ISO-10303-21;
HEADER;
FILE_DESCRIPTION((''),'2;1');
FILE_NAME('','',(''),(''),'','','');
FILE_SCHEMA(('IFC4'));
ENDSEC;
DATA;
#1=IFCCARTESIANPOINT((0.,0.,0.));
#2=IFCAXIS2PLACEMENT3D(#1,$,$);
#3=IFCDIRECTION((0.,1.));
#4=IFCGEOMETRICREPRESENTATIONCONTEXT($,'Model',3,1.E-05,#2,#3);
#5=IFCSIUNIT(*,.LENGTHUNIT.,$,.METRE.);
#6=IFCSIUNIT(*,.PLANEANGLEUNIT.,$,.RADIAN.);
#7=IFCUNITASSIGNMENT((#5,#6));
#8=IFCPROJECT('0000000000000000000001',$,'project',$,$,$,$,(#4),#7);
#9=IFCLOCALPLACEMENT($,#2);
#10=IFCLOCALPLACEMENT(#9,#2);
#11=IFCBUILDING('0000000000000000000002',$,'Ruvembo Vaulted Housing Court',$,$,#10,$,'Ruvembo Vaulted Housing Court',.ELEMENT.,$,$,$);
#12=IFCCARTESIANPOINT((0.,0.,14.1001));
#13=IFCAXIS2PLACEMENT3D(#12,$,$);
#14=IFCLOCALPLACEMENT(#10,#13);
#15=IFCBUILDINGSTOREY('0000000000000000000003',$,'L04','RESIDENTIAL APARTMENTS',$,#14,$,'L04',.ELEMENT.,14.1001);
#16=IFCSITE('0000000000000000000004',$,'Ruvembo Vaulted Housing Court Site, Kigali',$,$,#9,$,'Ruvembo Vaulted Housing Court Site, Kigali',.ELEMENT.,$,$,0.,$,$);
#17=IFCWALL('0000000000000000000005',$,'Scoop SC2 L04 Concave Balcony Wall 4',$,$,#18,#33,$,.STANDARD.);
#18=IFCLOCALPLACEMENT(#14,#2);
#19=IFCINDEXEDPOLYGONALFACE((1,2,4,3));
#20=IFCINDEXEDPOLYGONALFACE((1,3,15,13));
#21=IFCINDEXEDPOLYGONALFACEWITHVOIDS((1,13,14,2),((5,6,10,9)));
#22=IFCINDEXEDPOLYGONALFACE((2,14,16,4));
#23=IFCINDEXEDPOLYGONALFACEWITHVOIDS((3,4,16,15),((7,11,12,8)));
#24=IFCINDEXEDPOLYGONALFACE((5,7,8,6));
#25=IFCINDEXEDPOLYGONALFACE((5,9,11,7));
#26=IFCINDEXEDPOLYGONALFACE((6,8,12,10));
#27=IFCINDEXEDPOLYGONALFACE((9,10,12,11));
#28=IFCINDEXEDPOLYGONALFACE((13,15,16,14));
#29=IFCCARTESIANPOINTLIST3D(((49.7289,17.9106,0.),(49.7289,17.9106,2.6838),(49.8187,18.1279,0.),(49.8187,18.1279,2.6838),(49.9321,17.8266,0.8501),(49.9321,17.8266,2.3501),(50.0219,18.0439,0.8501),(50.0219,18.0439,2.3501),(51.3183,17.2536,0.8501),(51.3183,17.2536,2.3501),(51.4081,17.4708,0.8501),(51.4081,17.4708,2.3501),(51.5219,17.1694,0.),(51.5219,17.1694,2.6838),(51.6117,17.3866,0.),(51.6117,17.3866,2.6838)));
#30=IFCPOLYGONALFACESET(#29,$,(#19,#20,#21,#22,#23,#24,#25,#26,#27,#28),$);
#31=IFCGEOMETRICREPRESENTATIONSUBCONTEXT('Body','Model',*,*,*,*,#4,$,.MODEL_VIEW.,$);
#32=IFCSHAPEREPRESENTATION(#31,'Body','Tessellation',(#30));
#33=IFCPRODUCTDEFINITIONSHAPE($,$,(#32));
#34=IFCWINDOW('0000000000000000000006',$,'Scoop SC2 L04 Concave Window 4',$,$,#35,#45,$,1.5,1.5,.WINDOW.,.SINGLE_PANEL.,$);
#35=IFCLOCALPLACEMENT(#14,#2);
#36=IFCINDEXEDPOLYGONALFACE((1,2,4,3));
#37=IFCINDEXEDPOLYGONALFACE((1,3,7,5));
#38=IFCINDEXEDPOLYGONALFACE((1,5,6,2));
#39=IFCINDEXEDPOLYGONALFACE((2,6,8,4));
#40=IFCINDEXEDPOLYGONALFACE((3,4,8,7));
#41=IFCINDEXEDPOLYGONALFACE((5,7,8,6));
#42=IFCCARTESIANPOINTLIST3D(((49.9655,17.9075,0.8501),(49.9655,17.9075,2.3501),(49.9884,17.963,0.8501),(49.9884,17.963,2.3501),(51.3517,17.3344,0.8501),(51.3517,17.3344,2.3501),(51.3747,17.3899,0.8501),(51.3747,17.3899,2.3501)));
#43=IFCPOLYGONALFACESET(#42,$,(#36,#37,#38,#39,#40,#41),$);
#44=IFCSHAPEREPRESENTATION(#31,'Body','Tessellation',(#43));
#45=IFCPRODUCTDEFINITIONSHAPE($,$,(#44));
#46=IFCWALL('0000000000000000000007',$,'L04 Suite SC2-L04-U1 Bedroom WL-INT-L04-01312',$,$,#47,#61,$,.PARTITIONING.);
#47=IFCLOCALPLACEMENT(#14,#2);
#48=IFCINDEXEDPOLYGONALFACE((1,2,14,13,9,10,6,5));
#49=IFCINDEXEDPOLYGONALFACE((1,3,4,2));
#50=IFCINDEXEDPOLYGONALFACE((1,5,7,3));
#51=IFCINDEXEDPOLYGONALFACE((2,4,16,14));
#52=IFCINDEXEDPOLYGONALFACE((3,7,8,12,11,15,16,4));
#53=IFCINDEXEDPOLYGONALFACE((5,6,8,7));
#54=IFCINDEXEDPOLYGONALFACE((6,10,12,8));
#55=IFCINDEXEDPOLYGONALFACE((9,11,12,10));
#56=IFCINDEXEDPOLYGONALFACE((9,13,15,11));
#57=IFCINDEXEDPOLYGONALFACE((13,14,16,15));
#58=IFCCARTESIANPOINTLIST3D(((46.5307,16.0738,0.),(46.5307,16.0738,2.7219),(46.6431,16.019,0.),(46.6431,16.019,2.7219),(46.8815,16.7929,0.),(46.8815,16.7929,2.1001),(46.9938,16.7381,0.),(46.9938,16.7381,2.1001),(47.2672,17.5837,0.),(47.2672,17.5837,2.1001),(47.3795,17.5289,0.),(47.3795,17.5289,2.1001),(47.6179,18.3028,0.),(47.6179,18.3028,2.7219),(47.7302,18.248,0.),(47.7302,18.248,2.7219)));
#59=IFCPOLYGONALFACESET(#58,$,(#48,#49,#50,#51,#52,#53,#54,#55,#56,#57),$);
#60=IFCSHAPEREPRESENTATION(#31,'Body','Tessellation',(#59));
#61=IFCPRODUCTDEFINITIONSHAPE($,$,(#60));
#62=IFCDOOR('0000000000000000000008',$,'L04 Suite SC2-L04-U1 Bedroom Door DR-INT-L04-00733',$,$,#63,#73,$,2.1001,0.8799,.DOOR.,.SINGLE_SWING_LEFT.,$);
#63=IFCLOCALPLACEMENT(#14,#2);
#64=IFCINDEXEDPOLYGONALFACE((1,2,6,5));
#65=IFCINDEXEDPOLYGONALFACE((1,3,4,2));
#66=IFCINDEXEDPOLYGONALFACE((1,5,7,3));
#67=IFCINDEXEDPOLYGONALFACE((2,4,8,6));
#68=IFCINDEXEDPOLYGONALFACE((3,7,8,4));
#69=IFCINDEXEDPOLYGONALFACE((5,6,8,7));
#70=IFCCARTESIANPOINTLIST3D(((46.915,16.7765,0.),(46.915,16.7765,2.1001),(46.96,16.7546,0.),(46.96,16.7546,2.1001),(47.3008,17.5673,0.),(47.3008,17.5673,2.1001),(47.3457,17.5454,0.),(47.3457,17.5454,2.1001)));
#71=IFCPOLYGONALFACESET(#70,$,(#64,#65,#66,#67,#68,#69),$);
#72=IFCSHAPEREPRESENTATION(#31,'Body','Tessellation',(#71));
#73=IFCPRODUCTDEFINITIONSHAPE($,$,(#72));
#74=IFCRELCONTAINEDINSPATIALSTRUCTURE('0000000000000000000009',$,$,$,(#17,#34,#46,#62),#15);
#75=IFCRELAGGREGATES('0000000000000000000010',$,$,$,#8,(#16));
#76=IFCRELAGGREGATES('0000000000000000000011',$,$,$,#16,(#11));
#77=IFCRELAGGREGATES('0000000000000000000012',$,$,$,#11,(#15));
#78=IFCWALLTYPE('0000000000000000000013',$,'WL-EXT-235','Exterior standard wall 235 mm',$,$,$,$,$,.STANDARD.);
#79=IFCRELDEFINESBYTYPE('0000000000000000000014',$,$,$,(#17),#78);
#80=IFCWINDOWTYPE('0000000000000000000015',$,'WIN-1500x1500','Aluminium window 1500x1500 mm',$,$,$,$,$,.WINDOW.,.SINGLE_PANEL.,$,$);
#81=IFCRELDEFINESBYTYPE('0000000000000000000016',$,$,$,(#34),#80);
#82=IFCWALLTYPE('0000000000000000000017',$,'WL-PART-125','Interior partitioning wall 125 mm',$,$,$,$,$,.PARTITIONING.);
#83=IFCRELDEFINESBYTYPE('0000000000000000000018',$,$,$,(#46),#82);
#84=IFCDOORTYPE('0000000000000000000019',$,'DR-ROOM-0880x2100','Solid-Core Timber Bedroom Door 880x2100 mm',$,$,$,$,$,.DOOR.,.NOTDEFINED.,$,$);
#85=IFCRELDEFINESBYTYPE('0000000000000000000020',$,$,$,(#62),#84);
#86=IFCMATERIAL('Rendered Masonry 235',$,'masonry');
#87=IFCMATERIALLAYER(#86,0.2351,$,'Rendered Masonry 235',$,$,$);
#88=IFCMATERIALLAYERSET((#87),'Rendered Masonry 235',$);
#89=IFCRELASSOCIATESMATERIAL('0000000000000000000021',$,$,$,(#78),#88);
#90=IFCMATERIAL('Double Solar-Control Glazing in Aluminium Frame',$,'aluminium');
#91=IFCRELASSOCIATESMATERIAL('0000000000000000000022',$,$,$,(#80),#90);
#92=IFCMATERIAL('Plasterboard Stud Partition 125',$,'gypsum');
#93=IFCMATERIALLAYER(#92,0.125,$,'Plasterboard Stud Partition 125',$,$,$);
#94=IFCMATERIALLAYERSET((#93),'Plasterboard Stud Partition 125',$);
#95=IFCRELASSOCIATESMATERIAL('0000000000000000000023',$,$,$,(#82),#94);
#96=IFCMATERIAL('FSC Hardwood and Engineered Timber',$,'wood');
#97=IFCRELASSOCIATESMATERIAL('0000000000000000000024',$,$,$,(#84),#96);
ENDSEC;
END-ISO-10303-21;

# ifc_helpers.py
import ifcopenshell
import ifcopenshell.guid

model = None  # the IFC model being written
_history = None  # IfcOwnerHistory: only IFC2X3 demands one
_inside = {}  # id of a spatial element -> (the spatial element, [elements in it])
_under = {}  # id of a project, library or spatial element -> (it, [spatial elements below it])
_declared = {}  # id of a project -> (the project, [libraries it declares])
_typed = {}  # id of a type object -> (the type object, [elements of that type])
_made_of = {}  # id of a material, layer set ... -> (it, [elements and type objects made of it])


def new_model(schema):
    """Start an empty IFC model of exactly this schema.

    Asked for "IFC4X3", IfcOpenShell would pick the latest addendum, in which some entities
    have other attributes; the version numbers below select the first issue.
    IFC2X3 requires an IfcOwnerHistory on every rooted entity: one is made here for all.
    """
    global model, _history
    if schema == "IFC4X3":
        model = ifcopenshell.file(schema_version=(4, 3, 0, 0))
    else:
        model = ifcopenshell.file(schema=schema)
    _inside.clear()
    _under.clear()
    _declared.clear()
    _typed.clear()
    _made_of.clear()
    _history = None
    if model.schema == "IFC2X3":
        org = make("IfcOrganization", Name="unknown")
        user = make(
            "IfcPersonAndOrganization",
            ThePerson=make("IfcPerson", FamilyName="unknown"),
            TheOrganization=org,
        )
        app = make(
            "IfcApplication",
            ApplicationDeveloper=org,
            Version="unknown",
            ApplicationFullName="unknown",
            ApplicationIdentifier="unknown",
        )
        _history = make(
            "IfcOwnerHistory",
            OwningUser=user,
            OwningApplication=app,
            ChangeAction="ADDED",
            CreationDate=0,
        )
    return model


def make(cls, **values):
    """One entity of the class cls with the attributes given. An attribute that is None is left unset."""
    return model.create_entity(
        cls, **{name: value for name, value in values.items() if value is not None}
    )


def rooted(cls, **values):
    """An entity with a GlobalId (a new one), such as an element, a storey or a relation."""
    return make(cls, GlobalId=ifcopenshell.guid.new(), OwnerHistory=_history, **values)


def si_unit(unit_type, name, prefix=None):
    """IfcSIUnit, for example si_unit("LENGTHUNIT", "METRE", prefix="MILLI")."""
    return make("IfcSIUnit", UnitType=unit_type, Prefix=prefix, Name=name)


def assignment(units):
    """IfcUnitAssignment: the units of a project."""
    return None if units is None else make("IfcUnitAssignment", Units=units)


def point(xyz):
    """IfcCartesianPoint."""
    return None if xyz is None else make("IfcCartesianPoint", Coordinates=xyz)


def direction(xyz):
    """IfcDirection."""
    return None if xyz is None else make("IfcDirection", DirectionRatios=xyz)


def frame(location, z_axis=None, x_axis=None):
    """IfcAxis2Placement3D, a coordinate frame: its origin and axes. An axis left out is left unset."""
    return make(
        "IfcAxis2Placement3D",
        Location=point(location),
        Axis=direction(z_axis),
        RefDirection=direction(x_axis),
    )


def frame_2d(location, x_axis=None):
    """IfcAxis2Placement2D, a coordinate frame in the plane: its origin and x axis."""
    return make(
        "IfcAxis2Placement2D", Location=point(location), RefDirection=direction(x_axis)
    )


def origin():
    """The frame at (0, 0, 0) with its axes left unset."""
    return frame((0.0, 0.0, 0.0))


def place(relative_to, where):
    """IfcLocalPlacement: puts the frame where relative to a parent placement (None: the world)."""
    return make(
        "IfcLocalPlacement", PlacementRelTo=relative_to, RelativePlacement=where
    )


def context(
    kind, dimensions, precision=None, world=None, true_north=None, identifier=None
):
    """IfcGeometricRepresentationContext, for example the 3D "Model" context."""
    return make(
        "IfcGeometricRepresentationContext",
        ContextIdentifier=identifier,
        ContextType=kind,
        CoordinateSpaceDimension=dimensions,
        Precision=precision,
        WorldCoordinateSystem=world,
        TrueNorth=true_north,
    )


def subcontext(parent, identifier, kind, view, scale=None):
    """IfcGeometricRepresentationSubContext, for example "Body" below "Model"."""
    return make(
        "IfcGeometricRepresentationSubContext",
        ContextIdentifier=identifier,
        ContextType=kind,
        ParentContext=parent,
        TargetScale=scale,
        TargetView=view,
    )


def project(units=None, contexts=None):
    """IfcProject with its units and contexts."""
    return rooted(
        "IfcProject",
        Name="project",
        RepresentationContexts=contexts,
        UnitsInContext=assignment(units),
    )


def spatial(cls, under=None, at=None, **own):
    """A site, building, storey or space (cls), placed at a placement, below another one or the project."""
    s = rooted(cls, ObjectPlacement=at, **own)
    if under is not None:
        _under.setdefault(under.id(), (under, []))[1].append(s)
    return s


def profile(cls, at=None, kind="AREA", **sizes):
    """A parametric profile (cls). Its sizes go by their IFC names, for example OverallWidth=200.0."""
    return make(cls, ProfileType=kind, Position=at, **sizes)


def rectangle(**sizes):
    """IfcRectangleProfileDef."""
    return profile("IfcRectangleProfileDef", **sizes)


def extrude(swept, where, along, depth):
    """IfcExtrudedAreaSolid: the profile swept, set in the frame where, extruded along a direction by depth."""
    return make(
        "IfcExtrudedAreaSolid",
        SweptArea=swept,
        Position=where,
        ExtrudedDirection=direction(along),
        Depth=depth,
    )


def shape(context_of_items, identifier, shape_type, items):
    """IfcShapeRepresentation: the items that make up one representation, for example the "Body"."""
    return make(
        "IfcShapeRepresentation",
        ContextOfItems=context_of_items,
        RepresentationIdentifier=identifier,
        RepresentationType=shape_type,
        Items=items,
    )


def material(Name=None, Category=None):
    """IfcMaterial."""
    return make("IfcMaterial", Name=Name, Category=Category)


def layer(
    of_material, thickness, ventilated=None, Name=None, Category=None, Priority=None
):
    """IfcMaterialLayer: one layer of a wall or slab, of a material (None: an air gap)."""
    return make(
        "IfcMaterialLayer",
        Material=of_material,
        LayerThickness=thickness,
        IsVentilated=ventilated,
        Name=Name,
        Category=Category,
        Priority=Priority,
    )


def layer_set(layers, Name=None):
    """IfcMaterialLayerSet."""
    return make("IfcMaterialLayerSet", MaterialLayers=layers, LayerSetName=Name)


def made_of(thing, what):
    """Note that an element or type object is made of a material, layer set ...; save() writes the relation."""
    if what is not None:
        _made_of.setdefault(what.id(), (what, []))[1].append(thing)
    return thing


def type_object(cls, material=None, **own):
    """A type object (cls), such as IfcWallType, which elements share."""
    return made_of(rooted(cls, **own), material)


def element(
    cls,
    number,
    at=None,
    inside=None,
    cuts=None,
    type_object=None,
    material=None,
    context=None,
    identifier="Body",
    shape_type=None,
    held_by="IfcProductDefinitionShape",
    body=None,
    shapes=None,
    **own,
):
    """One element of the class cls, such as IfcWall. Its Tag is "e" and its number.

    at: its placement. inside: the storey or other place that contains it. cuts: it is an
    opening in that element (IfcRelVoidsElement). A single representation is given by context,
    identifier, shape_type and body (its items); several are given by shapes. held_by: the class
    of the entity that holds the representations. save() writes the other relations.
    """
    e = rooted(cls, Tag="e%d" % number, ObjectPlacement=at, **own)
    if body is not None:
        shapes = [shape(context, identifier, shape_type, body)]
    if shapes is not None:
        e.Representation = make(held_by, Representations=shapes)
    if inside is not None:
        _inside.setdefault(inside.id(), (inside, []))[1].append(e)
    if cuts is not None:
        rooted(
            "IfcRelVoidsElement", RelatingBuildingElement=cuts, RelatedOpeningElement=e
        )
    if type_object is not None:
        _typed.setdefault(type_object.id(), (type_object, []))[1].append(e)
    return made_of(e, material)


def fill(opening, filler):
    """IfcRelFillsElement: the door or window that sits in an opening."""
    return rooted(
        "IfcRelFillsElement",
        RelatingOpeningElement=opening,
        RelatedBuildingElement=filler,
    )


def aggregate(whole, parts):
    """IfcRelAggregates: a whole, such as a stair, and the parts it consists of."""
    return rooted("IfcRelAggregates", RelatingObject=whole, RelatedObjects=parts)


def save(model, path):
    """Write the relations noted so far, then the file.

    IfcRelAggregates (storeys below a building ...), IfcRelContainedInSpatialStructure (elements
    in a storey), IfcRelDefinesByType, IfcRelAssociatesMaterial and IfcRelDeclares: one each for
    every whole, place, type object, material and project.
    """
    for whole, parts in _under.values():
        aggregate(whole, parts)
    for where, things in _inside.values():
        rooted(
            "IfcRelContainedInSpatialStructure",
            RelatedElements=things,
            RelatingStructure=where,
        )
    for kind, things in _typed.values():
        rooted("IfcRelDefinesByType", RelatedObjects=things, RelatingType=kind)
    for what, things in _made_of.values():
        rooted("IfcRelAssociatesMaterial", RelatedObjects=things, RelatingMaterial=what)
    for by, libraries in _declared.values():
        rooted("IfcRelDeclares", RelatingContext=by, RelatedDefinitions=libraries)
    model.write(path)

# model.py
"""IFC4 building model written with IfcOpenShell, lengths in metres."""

from ifc_helpers import new_model, si_unit, direction, frame, frame_2d, origin, place, context, subcontext, project, spatial, rectangle, extrude, material, layer, layer_set, type_object, element, fill, save


model = new_model("IFC4")

# Units and contexts
model_context = context("Model", 3, precision=1e-05, world=origin(), true_north=direction((0.0, 1.0)))
body_context = subcontext(model_context, "Body", "Model", "MODEL_VIEW")
ifc_project = project(units=[si_unit("LENGTHUNIT", "METRE"), si_unit("PLANEANGLEUNIT", "RADIAN")], contexts=[model_context])

# Site, building, storey
site_placement = place(None, origin())
site = spatial("IfcSite", under=ifc_project, at=site_placement, Name="Ruvembo Vaulted Housing Court Site, Kigali", LongName="Ruvembo Vaulted Housing Court Site, Kigali", CompositionType="ELEMENT", RefElevation=0.0)
building_placement = place(site_placement, origin())
building = spatial("IfcBuilding", under=site, at=building_placement, Name="Ruvembo Vaulted Housing Court", LongName="Ruvembo Vaulted Housing Court", CompositionType="ELEMENT")
storey_placement = place(building_placement, frame((0.0, 0.0, 14.1001)))
storey = spatial("IfcBuildingStorey", under=building, at=storey_placement, Name="L04", Description="RESIDENTIAL APARTMENTS", LongName="L04", CompositionType="ELEMENT", Elevation=14.1001)

# Shared definitions
ifc_material_1 = material(Name="Rendered Masonry 235", Category="masonry")
ifc_layer_1 = layer(ifc_material_1, 0.2351, Name="Rendered Masonry 235")
ifc_layer_set_1 = layer_set([ifc_layer_1], Name="Rendered Masonry 235")
wall_type_1 = type_object("IfcWallType", Name="WL-EXT-235", Description="Exterior standard wall 235 mm", PredefinedType="STANDARD", material=ifc_layer_set_1)
ifc_material_2 = material(Name="Double Solar-Control Glazing in Aluminium Frame", Category="aluminium")

# Wall, opening, window
wall_1_placement = place(storey_placement, frame((49.7737, 18.0193, 0.0), z_axis=(0.0, 0.0, 1.0), x_axis=(0.924146, -0.382041, 0.0)))
wall_1 = element("IfcWall", 1, at=wall_1_placement, inside=storey, type_object=wall_type_1, Name="Scoop SC2 L04 Concave Balcony Wall 4", PredefinedType="STANDARD", context=body_context, shape_type="SweptSolid", body=[
    extrude(rectangle(XDim=1.9402, YDim=0.2351, at=frame_2d((0.9702, 0.0))), origin(), (0.0, 0.0, 1.0), 2.6838),
])
opening_1_placement = place(wall_1_placement, frame((0.22, 0.0, 0.8501)))
opening_1 = element("IfcOpeningElement", 2, at=opening_1_placement, cuts=wall_1, PredefinedType="OPENING", context=body_context, shape_type="SweptSolid", body=[
    extrude(rectangle(XDim=1.5, YDim=1.5, at=frame_2d((0.75, 0.75))), frame((0.0, 0.1274, 0.0), z_axis=(0.0, -1.0, 0.0), x_axis=(1.0, 0.0, 0.0)), (0.0, 0.0, 1.0), 0.2551),
])
window_type_1 = type_object("IfcWindowType", Name="WIN-1500x1500", Description="Aluminium window 1500x1500 mm", PartitioningType="SINGLE_PANEL", PredefinedType="WINDOW", material=ifc_material_2)
window_1_placement = place(opening_1_placement, origin())
window_1 = element("IfcWindow", 3, at=window_1_placement, inside=storey, type_object=window_type_1, Name="Scoop SC2 L04 Concave Window 4", OverallHeight=1.5, OverallWidth=1.5, PartitioningType="SINGLE_PANEL", PredefinedType="WINDOW", context=body_context, shape_type="SweptSolid", body=[
    extrude(rectangle(XDim=1.5, YDim=1.5, at=frame_2d((0.75, 0.75))), frame((0.0, 0.03, 0.0), z_axis=(0.0, -1.0, 0.0), x_axis=(1.0, 0.0, 0.0)), (0.0, 0.0, 1.0), 0.0601),
])
fill(opening_1, window_1)

# Wall, opening, door
ifc_material_3 = material(Name="Plasterboard Stud Partition 125", Category="gypsum")
ifc_layer_2 = layer(ifc_material_3, 0.125, Name="Plasterboard Stud Partition 125")
ifc_layer_set_2 = layer_set([ifc_layer_2], Name="Plasterboard Stud Partition 125")
wall_type_2 = type_object("IfcWallType", Name="WL-PART-125", Description="Interior partitioning wall 125 mm", PredefinedType="PARTITIONING", material=ifc_layer_set_2)
wall_2_placement = place(storey_placement, frame((47.6741, 18.2754, 0.0), z_axis=(0.0, 0.0, 1.0), x_axis=(-0.438371, -0.898794, 0.0)))
wall_2 = element("IfcWall", 4, at=wall_2_placement, inside=storey, type_object=wall_type_2, Name="L04 Suite SC2-L04-U1 Bedroom WL-INT-L04-01312", PredefinedType="PARTITIONING", context=body_context, shape_type="SweptSolid", body=[
    extrude(rectangle(XDim=2.48, YDim=0.125, at=frame_2d((1.24, 0.0))), origin(), (0.0, 0.0, 1.0), 2.7219),
])
opening_2_placement = place(wall_2_placement, frame((0.8, 0.0, 0.0)))
opening_2 = element("IfcOpeningElement", 5, at=opening_2_placement, cuts=wall_2, PredefinedType="OPENING", context=body_context, shape_type="SweptSolid", body=[
    extrude(rectangle(XDim=0.8799, YDim=2.1001, at=frame_2d((0.4399, 1.05))), frame((0.0, 0.0725, 0.0), z_axis=(0.0, -1.0, 0.0), x_axis=(1.0, 0.0, 0.0)), (0.0, 0.0, 1.0), 0.145),
])
ifc_material_4 = material(Name="FSC Hardwood and Engineered Timber", Category="wood")
door_type_1 = type_object("IfcDoorType", Name="DR-ROOM-0880x2100", Description="Solid-Core Timber Bedroom Door 880x2100 mm", OperationType="NOTDEFINED", PredefinedType="DOOR", material=ifc_material_4)
door_1_placement = place(opening_2_placement, origin())
door_1 = element("IfcDoor", 6, at=door_1_placement, inside=storey, type_object=door_type_1, Name="L04 Suite SC2-L04-U1 Bedroom Door DR-INT-L04-00733", OperationType="SINGLE_SWING_LEFT", OverallHeight=2.1001, OverallWidth=0.8799, PredefinedType="DOOR", context=body_context, shape_type="SweptSolid", body=[
    extrude(rectangle(XDim=0.8799, YDim=2.1001, at=frame_2d((0.4399, 1.05))), frame((0.0, 0.0249, 0.0), z_axis=(0.0, -1.0, 0.0), x_axis=(1.0, 0.0, 0.0)), (0.0, 0.0, 1.0), 0.05),
])
fill(opening_2, door_1)

save(model, "model.ifc")
